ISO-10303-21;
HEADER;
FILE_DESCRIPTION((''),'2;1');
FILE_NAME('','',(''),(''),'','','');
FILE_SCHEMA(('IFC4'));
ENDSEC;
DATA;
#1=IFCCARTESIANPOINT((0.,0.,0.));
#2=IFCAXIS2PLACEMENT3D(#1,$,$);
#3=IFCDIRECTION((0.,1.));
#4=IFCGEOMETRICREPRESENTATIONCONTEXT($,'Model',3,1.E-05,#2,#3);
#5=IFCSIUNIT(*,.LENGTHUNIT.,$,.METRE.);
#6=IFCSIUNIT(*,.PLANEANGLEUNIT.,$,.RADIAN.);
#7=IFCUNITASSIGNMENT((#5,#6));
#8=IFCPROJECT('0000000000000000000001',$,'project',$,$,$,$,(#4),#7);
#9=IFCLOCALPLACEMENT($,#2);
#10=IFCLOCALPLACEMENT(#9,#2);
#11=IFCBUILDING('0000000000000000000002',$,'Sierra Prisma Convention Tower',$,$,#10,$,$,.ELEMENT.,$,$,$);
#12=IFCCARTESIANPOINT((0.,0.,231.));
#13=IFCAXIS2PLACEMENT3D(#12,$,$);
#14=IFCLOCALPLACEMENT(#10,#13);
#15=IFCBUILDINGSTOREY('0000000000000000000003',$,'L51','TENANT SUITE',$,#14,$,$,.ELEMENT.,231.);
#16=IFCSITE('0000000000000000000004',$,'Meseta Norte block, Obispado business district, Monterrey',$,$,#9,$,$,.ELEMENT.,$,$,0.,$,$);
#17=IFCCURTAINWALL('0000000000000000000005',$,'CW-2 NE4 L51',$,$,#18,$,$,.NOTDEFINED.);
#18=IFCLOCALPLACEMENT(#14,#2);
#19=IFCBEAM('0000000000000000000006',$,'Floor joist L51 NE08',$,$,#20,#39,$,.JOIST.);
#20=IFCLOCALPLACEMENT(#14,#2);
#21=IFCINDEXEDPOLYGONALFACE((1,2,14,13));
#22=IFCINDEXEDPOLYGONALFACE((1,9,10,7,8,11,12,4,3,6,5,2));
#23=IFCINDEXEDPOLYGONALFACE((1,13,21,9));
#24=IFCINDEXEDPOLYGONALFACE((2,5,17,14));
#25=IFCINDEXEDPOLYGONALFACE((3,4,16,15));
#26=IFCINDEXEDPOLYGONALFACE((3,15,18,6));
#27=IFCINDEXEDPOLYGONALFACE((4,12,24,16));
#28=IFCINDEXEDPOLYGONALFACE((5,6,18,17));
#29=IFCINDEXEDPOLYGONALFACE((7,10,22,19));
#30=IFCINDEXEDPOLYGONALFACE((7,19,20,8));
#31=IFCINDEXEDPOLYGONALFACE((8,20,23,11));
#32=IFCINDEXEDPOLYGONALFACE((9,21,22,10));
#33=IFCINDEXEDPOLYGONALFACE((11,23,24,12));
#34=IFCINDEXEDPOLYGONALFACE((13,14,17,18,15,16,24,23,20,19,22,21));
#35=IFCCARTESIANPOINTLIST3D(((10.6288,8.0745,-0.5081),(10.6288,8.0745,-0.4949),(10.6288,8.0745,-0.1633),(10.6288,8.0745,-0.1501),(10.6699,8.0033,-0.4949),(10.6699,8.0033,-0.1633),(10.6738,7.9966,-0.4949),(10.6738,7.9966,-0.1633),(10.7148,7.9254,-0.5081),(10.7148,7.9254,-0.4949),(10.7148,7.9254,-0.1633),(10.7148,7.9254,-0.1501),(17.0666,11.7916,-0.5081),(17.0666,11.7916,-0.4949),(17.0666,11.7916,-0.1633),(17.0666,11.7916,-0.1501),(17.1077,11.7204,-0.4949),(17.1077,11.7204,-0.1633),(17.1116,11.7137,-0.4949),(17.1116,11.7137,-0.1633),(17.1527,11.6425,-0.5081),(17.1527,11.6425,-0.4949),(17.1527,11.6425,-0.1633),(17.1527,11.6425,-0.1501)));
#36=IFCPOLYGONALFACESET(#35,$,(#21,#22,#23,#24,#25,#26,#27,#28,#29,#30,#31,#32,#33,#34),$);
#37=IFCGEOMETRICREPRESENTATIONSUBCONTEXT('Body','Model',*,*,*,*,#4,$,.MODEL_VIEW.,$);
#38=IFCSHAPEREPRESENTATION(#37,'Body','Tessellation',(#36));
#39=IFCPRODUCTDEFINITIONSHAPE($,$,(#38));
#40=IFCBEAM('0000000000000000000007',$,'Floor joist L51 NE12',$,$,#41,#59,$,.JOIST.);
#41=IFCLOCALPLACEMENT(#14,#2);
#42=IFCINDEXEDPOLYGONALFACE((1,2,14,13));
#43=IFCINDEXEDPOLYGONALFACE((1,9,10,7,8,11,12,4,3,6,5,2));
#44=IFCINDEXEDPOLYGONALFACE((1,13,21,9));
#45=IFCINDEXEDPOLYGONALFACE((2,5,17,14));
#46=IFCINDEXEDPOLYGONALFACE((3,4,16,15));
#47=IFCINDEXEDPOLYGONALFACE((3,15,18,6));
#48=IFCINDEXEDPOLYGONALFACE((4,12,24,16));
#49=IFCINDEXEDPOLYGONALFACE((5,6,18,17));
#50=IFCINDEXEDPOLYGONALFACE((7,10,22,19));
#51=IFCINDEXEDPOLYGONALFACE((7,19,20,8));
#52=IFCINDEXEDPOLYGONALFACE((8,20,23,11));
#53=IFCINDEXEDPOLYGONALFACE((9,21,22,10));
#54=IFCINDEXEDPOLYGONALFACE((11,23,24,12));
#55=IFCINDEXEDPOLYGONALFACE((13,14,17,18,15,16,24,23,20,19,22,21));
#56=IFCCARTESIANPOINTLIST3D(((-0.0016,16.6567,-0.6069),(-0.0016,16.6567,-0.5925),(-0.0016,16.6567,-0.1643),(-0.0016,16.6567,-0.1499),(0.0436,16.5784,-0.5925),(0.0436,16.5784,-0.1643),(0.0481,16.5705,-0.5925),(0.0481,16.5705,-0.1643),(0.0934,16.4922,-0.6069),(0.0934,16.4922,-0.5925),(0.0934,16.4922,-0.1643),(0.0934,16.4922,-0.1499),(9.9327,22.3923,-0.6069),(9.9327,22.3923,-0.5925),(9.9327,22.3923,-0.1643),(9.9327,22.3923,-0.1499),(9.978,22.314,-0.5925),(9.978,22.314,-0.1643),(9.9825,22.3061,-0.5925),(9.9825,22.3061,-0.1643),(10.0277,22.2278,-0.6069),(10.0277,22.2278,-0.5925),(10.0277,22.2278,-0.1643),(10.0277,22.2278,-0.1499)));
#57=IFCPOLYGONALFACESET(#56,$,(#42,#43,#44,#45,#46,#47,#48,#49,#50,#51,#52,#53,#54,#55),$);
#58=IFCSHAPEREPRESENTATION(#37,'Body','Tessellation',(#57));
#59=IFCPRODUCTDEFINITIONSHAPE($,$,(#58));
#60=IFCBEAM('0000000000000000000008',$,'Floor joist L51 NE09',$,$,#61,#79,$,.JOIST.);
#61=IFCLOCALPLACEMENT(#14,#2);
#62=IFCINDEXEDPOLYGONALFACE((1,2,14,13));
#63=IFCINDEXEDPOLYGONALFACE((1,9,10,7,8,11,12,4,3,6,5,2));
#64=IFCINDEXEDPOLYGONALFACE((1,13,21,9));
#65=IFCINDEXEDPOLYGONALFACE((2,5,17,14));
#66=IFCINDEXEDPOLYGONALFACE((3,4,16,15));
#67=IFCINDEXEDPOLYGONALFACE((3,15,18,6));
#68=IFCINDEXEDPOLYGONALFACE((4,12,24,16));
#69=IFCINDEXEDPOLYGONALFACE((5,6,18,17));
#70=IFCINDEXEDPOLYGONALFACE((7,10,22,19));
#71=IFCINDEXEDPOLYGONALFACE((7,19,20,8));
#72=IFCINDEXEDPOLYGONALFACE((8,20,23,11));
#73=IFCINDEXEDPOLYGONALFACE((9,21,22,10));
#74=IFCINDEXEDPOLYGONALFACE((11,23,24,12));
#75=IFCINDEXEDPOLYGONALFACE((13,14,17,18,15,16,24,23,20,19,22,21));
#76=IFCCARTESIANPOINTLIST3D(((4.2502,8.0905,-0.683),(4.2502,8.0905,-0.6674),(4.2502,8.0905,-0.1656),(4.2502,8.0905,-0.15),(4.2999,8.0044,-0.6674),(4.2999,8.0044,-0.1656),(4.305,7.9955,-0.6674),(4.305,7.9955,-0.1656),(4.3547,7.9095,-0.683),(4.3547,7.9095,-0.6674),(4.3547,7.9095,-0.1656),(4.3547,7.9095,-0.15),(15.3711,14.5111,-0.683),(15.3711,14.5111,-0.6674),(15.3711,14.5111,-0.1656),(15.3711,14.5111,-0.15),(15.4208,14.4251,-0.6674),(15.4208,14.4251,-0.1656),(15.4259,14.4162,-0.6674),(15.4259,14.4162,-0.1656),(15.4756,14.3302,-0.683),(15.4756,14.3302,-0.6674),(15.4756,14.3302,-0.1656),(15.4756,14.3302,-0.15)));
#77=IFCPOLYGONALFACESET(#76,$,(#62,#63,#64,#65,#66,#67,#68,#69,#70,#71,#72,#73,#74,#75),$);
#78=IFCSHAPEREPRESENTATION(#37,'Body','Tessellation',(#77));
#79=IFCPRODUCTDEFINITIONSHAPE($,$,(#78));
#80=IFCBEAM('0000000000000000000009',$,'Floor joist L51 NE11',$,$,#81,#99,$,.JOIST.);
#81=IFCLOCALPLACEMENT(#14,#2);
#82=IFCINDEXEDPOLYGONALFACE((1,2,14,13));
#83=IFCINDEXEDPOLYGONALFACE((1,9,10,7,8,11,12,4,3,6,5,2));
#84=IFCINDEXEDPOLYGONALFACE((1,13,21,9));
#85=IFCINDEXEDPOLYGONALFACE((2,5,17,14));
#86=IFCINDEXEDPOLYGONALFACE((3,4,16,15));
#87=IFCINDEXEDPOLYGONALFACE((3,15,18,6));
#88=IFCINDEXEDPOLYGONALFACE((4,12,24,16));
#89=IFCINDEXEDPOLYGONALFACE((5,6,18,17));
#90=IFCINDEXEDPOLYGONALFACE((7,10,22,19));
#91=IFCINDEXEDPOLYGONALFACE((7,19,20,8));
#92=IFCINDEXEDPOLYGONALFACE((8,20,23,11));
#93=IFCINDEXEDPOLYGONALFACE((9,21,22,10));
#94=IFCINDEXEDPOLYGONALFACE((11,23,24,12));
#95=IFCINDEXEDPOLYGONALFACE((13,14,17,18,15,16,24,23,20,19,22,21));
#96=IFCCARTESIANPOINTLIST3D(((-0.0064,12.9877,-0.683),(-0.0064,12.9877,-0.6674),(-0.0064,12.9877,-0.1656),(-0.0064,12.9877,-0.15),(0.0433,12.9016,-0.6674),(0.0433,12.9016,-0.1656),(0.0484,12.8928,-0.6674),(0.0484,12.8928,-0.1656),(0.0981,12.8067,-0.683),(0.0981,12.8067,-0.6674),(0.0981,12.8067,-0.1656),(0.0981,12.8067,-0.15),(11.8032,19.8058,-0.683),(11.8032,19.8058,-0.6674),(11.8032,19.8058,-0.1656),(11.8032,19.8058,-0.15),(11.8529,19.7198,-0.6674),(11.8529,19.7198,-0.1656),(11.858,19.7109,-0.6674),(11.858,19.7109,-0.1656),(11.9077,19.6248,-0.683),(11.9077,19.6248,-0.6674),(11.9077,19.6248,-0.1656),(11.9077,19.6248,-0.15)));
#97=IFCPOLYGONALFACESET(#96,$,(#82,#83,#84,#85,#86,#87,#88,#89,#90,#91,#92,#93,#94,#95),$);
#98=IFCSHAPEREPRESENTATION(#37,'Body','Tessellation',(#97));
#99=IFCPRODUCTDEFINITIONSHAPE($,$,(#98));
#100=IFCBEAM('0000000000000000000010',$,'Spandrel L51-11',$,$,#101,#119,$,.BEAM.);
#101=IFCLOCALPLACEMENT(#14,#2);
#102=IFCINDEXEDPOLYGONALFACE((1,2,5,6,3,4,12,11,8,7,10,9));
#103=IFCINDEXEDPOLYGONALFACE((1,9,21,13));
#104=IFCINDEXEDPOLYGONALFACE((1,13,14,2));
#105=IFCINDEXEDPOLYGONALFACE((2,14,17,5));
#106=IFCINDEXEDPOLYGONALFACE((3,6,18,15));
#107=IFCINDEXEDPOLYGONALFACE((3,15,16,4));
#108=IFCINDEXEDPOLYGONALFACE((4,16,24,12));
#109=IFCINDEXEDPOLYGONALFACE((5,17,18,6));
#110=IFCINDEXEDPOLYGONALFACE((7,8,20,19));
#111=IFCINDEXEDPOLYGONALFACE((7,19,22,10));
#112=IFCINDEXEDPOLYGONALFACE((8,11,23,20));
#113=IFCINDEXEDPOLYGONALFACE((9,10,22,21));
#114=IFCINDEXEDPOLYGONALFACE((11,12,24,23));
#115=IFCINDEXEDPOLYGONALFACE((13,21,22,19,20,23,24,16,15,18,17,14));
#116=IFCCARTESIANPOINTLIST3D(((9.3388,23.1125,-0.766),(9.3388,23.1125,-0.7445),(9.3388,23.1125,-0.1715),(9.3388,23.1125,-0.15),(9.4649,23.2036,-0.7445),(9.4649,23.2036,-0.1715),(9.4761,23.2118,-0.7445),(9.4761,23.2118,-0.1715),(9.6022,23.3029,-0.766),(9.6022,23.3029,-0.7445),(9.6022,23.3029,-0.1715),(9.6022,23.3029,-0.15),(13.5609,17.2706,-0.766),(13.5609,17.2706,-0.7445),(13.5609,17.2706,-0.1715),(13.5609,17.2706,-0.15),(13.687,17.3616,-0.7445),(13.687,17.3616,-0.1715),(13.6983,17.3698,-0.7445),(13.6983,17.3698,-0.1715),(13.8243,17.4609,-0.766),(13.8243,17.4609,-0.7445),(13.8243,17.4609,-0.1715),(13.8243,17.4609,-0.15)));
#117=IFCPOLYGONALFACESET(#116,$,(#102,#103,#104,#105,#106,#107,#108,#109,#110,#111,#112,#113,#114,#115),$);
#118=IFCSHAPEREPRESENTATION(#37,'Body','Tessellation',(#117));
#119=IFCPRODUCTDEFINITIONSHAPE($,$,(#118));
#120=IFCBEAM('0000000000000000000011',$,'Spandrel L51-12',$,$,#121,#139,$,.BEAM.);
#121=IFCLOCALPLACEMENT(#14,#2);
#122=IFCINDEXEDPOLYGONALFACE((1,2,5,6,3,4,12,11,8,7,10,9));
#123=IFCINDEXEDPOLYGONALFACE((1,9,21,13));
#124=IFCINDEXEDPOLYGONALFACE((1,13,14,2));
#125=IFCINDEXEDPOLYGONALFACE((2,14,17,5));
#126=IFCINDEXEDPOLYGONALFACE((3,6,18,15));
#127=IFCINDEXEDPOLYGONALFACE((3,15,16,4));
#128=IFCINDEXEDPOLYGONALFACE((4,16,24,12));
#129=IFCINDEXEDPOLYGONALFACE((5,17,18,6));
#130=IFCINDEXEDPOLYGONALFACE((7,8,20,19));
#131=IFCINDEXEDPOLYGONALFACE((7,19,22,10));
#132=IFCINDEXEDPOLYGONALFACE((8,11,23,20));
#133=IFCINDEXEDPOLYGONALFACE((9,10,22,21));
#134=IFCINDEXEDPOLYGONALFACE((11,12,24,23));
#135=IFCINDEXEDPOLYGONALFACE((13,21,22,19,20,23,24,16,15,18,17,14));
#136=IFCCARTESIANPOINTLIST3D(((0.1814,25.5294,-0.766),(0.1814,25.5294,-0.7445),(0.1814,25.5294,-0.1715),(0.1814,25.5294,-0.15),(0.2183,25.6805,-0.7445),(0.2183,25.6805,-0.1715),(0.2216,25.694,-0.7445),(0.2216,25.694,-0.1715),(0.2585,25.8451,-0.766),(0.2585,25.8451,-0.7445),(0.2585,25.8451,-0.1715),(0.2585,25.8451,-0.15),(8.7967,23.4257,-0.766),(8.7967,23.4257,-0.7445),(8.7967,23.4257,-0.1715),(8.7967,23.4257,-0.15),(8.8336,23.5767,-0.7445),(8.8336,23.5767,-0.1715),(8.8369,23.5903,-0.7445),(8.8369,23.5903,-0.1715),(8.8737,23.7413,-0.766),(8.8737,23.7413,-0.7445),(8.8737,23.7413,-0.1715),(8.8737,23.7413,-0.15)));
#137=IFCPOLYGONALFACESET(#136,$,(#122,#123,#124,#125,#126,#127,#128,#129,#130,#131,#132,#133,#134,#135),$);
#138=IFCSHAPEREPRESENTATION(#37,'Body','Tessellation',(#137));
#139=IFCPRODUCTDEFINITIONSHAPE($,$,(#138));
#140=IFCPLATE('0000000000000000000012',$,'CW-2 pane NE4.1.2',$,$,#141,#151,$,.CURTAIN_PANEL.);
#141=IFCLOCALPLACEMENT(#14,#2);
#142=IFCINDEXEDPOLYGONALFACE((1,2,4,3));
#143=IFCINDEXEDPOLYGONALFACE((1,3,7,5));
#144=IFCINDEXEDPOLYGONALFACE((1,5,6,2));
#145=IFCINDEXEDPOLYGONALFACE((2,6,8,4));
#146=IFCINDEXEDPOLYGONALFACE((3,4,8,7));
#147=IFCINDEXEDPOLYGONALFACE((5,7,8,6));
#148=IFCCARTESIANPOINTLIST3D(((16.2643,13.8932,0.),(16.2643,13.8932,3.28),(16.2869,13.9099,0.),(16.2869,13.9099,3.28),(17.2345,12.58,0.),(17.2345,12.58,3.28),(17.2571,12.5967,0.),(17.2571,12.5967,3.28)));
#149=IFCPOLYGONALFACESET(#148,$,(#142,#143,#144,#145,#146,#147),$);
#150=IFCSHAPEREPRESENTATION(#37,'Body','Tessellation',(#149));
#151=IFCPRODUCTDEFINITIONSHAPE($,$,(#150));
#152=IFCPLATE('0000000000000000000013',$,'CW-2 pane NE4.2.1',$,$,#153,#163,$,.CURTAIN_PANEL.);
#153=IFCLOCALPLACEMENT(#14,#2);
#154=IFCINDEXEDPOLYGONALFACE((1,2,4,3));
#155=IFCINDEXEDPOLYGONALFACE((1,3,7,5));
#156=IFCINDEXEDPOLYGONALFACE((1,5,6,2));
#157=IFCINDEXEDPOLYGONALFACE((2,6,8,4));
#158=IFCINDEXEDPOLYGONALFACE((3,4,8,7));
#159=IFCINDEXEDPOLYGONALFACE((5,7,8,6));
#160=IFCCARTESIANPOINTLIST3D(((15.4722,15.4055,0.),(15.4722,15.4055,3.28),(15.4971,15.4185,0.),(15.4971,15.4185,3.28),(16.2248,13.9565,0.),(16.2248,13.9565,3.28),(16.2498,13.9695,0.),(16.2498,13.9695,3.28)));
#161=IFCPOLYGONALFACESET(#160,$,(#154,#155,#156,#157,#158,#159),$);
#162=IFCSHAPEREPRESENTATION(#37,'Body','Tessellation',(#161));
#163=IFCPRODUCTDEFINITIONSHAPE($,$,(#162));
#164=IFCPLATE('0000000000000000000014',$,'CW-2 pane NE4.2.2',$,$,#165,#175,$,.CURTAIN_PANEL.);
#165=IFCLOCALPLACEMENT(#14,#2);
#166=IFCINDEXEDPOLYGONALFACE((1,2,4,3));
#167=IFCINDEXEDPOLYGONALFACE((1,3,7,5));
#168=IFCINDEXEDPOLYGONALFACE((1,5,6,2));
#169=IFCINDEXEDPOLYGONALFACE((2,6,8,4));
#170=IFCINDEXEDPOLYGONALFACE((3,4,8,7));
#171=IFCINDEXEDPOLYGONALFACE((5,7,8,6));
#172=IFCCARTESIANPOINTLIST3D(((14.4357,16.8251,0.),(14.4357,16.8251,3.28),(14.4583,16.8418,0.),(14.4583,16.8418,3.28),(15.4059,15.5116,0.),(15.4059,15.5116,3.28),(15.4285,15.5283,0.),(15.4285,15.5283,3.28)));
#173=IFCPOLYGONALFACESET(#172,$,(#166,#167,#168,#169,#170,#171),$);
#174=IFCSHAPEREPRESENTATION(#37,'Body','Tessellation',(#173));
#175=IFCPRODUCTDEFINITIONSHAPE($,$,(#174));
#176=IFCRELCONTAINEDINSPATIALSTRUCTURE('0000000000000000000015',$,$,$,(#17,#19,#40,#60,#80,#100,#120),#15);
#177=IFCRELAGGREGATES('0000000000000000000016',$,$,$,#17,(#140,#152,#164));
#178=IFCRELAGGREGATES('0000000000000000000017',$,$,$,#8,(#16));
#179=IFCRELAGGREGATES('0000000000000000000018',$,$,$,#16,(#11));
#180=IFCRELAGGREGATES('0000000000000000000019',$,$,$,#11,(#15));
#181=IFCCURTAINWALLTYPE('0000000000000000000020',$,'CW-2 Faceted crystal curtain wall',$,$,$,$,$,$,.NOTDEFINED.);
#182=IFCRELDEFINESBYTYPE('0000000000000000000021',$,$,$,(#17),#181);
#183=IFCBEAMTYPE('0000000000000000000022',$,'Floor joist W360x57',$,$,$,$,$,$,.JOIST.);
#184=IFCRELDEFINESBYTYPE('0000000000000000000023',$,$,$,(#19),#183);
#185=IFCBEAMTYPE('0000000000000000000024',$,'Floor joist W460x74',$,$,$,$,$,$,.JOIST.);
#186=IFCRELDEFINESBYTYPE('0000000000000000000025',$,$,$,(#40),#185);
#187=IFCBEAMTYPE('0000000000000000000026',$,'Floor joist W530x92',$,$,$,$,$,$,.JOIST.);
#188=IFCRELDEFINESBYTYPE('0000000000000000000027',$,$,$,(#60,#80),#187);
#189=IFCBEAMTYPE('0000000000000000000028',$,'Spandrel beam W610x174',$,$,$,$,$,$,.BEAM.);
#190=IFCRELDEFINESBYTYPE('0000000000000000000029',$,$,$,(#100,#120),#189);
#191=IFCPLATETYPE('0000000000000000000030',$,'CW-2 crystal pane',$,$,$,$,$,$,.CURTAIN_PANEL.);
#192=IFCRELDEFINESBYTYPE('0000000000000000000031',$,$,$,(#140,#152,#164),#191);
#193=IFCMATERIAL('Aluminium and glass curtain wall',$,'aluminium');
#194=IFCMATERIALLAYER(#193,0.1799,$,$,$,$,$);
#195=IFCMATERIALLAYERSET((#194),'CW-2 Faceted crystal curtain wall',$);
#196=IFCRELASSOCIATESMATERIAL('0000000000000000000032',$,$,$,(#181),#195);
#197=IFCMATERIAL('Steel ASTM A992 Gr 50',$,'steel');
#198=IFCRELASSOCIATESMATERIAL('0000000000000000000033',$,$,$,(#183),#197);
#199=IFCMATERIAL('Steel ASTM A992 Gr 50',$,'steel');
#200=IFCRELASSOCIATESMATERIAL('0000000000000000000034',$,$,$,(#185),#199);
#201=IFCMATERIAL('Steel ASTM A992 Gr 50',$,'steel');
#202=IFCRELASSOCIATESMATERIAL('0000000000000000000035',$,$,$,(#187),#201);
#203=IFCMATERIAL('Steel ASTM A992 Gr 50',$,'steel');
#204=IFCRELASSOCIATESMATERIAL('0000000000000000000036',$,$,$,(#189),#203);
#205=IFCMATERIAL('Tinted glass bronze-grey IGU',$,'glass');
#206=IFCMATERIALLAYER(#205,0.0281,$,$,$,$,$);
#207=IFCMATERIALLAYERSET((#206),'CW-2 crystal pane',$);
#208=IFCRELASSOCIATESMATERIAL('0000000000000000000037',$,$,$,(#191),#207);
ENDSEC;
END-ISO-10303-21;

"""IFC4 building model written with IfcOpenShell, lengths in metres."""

from ifc_helpers import new_model, si_unit, direction, frame, origin, origin_2d, place, context, subcontext, project, spatial, polyline, i_section, outline, extrude, material, layer, layer_set, material_profile, profile_set, type_object, element, aggregate, save


model = new_model("IFC4")

# Units and contexts
model_context = context("Model", 3, precision=1e-05, world=origin(), true_north=direction((0.0, 1.0)))
body_context = subcontext(model_context, "Body", "Model", "MODEL_VIEW")
ifc_project = project(units=[si_unit("LENGTHUNIT", "METRE"), si_unit("PLANEANGLEUNIT", "RADIAN")], contexts=[model_context])

# Site, building, storey
site_placement = place(None, origin())
site = spatial("IfcSite", under=ifc_project, at=site_placement, Name="Meseta Norte block, Obispado business district, Monterrey", CompositionType="ELEMENT", RefElevation=0.0)
building_placement = place(site_placement, origin())
building = spatial("IfcBuilding", under=site, at=building_placement, Name="Sierra Prisma Convention Tower", CompositionType="ELEMENT")
storey_placement = place(building_placement, frame((0.0, 0.0, 231.0)))
storey = spatial("IfcBuildingStorey", under=building, at=storey_placement, Name="L51", Description="TENANT SUITE", CompositionType="ELEMENT", Elevation=231.0)

# Curtain wall
ifc_material_1 = material(Name="Aluminium and glass curtain wall", Category="aluminium")
ifc_layer_1 = layer(ifc_material_1, 0.1799)
ifc_layer_set_1 = layer_set([ifc_layer_1], Name="CW-2 Faceted crystal curtain wall")
curtain_wall_type = type_object("IfcCurtainWallType", Name="CW-2 Faceted crystal curtain wall", PredefinedType="NOTDEFINED", material=ifc_layer_set_1)
curtain_wall_1_placement = place(storey_placement, origin())
curtain_wall_1 = element("IfcCurtainWall", 1, at=curtain_wall_1_placement, inside=storey, type_object=curtain_wall_type, Name="CW-2 NE4 L51", PredefinedType="NOTDEFINED")

# Beams
ifc_material_2 = material(Name="Steel ASTM A992 Gr 50", Category="steel")
ifc_material_profile_1 = material_profile(ifc_material_2, i_section(OverallWidth=0.1721, OverallDepth=0.3579, WebThickness=0.0078, FlangeThickness=0.0132, at=origin_2d()), Name="W360x57")
ifc_profile_set_1 = profile_set([ifc_material_profile_1], Name="Steel ASTM A992 Gr 50")
beam_type_1 = type_object("IfcBeamType", Name="Floor joist W360x57", PredefinedType="JOIST", material=ifc_profile_set_1)
beam_1_placement = place(storey_placement, frame((17.1096, 11.717, -0.3291), z_axis=(-0.866013, -0.500021, 0.0), x_axis=(0.500021, -0.866013, 0.0)))
element("IfcBeam", 2, at=beam_1_placement, inside=storey, type_object=beam_type_1, Name="Floor joist L51 NE08", PredefinedType="JOIST", context=body_context, shape_type="SweptSolid", body=[
    extrude(i_section(OverallWidth=0.1721, OverallDepth=0.3579, WebThickness=0.0078, FlangeThickness=0.0132, at=origin_2d()), origin(), (0.0, 0.0, 1.0), 7.4338),
])
ifc_material_3 = material(Name="Steel ASTM A992 Gr 50", Category="steel")
ifc_material_profile_2 = material_profile(ifc_material_3, i_section(OverallWidth=0.1899, OverallDepth=0.457, WebThickness=0.009, FlangeThickness=0.0144, at=origin_2d()), Name="W460x74")
ifc_profile_set_2 = profile_set([ifc_material_profile_2], Name="Steel ASTM A992 Gr 50")
beam_type_2 = type_object("IfcBeamType", Name="Floor joist W460x74", PredefinedType="JOIST", material=ifc_profile_set_2)
beam_2_placement = place(storey_placement, frame((9.9802, 22.3101, -0.3784), z_axis=(-0.866025, -0.500001, 0.0), x_axis=(0.500001, -0.866025, 0.0)))
element("IfcBeam", 3, at=beam_2_placement, inside=storey, type_object=beam_type_2, Name="Floor joist L51 NE12", PredefinedType="JOIST", context=body_context, shape_type="SweptSolid", body=[
    extrude(i_section(OverallWidth=0.1899, OverallDepth=0.457, WebThickness=0.009, FlangeThickness=0.0144, at=origin_2d()), origin(), (0.0, 0.0, 1.0), 11.4712),
])
ifc_material_4 = material(Name="Steel ASTM A992 Gr 50", Category="steel")
ifc_material_profile_3 = material_profile(ifc_material_4, i_section(OverallWidth=0.209, OverallDepth=0.533, WebThickness=0.0103, FlangeThickness=0.0156, at=origin_2d()), Name="W530x92")
ifc_profile_set_3 = profile_set([ifc_material_profile_3], Name="Steel ASTM A992 Gr 50")
beam_type_3 = type_object("IfcBeamType", Name="Floor joist W530x92", PredefinedType="JOIST", material=ifc_profile_set_3)
beam_3_placement = place(storey_placement, frame((15.4233, 14.4207, -0.4165), z_axis=(-0.866024, -0.500002, 0.0), x_axis=(0.500002, -0.866024, 0.0)))
element("IfcBeam", 4, at=beam_3_placement, inside=storey, type_object=beam_type_3, Name="Floor joist L51 NE09", PredefinedType="JOIST", context=body_context, shape_type="SweptSolid", body=[
    extrude(i_section(OverallWidth=0.209, OverallDepth=0.533, WebThickness=0.0103, FlangeThickness=0.0156, at=origin_2d()), origin(), (0.0, 0.0, 1.0), 12.8413),
])
beam_4_placement = place(storey_placement, frame((11.8555, 19.7153, -0.4165), z_axis=(-0.86603, -0.499992, 0.0), x_axis=(0.499992, -0.86603, 0.0)))
element("IfcBeam", 5, at=beam_4_placement, inside=storey, type_object=beam_type_3, Name="Floor joist L51 NE11", PredefinedType="JOIST", context=body_context, shape_type="SweptSolid", body=[
    extrude(i_section(OverallWidth=0.209, OverallDepth=0.533, WebThickness=0.0103, FlangeThickness=0.0156, at=origin_2d()), origin(), (0.0, 0.0, 1.0), 13.6365),
])
ifc_material_5 = material(Name="Steel ASTM A992 Gr 50", Category="steel")
ifc_material_profile_4 = material_profile(ifc_material_5, i_section(OverallWidth=0.325, OverallDepth=0.616, WebThickness=0.0139, FlangeThickness=0.0215, at=origin_2d()), Name="W610x174")
ifc_profile_set_4 = profile_set([ifc_material_profile_4], Name="Steel ASTM A992 Gr 50")
beam_type_4 = type_object("IfcBeamType", Name="Spandrel beam W610x174", PredefinedType="BEAM", material=ifc_profile_set_4)
beam_5_placement = place(storey_placement, frame((13.6926, 17.3657, -0.458), z_axis=(-0.585756, 0.810487, 0.0), x_axis=(-0.810487, -0.585756, 0.0)))
element("IfcBeam", 6, at=beam_5_placement, inside=storey, type_object=beam_type_4, Name="Spandrel L51-11", PredefinedType="BEAM", context=body_context, shape_type="SweptSolid", body=[
    extrude(i_section(OverallWidth=0.325, OverallDepth=0.616, WebThickness=0.0139, FlangeThickness=0.0215, at=origin_2d()), origin(), (0.0, 0.0, 1.0), 7.208),
])
beam_6_placement = place(storey_placement, frame((8.8352, 23.5835, -0.458), z_axis=(-0.971456, 0.23722, 0.0), x_axis=(-0.23722, -0.971456, 0.0)))
element("IfcBeam", 7, at=beam_6_placement, inside=storey, type_object=beam_type_4, Name="Spandrel L51-12", PredefinedType="BEAM", context=body_context, shape_type="SweptSolid", body=[
    extrude(i_section(OverallWidth=0.325, OverallDepth=0.616, WebThickness=0.0139, FlangeThickness=0.0215, at=origin_2d()), origin(), (0.0, 0.0, 1.0), 8.8684),
])

# Plates
ifc_material_6 = material(Name="Tinted glass bronze-grey IGU", Category="glass")
ifc_layer_2 = layer(ifc_material_6, 0.0281)
ifc_layer_set_2 = layer_set([ifc_layer_2], Name="CW-2 crystal pane")
plate_type = type_object("IfcPlateType", Name="CW-2 crystal pane", PredefinedType="CURTAIN_PANEL", material=ifc_layer_set_2)
plate_1_placement = place(storey_placement, frame((16.2869, 13.9099, 0.0), z_axis=(0.804304, 0.594219, 0.0), x_axis=(0.594219, -0.804304, 0.0)))
plate_1 = element("IfcPlate", 8, at=plate_1_placement, type_object=plate_type, Name="CW-2 pane NE4.1.2", PredefinedType="CURTAIN_PANEL", context=body_context, shape_type="SweptSolid", body=[
    extrude(outline(polyline([(0.0, 0.0), (1.6328, 0.0), (1.6328, -3.28), (0.0, -3.28), (0.0, 0.0)])), origin(), (0.0, 0.0, -1.0), 0.0281),
])
plate_2_placement = place(storey_placement, frame((16.2498, 13.9695, 0.0), z_axis=(0.887413, 0.460976, 0.0), x_axis=(-0.460976, 0.887413, 0.0)))
plate_2 = element("IfcPlate", 9, at=plate_2_placement, type_object=plate_type, Name="CW-2 pane NE4.2.1", PredefinedType="CURTAIN_PANEL", context=body_context, shape_type="SweptSolid", body=[
    extrude(outline(polyline([(0.0, 0.0), (1.6328, 0.0), (1.6328, 3.28), (0.0, 3.28), (0.0, 0.0)])), origin(), (0.0, 0.0, -1.0), 0.0281),
])
plate_3_placement = place(storey_placement, frame((14.4583, 16.8418, 0.0), z_axis=(0.804356, 0.594147, 0.0), x_axis=(0.594147, -0.804356, 0.0)))
plate_3 = element("IfcPlate", 10, at=plate_3_placement, type_object=plate_type, Name="CW-2 pane NE4.2.2", PredefinedType="CURTAIN_PANEL", context=body_context, shape_type="SweptSolid", body=[
    extrude(outline(polyline([(0.0, 0.0), (1.633, 0.0), (1.633, -3.28), (0.0, -3.28), (0.0, 0.0)])), origin(), (0.0, 0.0, -1.0), 0.0281),
])
aggregate(curtain_wall_1, [plate_1, plate_2, plate_3])

save(model, "model.ifc")
